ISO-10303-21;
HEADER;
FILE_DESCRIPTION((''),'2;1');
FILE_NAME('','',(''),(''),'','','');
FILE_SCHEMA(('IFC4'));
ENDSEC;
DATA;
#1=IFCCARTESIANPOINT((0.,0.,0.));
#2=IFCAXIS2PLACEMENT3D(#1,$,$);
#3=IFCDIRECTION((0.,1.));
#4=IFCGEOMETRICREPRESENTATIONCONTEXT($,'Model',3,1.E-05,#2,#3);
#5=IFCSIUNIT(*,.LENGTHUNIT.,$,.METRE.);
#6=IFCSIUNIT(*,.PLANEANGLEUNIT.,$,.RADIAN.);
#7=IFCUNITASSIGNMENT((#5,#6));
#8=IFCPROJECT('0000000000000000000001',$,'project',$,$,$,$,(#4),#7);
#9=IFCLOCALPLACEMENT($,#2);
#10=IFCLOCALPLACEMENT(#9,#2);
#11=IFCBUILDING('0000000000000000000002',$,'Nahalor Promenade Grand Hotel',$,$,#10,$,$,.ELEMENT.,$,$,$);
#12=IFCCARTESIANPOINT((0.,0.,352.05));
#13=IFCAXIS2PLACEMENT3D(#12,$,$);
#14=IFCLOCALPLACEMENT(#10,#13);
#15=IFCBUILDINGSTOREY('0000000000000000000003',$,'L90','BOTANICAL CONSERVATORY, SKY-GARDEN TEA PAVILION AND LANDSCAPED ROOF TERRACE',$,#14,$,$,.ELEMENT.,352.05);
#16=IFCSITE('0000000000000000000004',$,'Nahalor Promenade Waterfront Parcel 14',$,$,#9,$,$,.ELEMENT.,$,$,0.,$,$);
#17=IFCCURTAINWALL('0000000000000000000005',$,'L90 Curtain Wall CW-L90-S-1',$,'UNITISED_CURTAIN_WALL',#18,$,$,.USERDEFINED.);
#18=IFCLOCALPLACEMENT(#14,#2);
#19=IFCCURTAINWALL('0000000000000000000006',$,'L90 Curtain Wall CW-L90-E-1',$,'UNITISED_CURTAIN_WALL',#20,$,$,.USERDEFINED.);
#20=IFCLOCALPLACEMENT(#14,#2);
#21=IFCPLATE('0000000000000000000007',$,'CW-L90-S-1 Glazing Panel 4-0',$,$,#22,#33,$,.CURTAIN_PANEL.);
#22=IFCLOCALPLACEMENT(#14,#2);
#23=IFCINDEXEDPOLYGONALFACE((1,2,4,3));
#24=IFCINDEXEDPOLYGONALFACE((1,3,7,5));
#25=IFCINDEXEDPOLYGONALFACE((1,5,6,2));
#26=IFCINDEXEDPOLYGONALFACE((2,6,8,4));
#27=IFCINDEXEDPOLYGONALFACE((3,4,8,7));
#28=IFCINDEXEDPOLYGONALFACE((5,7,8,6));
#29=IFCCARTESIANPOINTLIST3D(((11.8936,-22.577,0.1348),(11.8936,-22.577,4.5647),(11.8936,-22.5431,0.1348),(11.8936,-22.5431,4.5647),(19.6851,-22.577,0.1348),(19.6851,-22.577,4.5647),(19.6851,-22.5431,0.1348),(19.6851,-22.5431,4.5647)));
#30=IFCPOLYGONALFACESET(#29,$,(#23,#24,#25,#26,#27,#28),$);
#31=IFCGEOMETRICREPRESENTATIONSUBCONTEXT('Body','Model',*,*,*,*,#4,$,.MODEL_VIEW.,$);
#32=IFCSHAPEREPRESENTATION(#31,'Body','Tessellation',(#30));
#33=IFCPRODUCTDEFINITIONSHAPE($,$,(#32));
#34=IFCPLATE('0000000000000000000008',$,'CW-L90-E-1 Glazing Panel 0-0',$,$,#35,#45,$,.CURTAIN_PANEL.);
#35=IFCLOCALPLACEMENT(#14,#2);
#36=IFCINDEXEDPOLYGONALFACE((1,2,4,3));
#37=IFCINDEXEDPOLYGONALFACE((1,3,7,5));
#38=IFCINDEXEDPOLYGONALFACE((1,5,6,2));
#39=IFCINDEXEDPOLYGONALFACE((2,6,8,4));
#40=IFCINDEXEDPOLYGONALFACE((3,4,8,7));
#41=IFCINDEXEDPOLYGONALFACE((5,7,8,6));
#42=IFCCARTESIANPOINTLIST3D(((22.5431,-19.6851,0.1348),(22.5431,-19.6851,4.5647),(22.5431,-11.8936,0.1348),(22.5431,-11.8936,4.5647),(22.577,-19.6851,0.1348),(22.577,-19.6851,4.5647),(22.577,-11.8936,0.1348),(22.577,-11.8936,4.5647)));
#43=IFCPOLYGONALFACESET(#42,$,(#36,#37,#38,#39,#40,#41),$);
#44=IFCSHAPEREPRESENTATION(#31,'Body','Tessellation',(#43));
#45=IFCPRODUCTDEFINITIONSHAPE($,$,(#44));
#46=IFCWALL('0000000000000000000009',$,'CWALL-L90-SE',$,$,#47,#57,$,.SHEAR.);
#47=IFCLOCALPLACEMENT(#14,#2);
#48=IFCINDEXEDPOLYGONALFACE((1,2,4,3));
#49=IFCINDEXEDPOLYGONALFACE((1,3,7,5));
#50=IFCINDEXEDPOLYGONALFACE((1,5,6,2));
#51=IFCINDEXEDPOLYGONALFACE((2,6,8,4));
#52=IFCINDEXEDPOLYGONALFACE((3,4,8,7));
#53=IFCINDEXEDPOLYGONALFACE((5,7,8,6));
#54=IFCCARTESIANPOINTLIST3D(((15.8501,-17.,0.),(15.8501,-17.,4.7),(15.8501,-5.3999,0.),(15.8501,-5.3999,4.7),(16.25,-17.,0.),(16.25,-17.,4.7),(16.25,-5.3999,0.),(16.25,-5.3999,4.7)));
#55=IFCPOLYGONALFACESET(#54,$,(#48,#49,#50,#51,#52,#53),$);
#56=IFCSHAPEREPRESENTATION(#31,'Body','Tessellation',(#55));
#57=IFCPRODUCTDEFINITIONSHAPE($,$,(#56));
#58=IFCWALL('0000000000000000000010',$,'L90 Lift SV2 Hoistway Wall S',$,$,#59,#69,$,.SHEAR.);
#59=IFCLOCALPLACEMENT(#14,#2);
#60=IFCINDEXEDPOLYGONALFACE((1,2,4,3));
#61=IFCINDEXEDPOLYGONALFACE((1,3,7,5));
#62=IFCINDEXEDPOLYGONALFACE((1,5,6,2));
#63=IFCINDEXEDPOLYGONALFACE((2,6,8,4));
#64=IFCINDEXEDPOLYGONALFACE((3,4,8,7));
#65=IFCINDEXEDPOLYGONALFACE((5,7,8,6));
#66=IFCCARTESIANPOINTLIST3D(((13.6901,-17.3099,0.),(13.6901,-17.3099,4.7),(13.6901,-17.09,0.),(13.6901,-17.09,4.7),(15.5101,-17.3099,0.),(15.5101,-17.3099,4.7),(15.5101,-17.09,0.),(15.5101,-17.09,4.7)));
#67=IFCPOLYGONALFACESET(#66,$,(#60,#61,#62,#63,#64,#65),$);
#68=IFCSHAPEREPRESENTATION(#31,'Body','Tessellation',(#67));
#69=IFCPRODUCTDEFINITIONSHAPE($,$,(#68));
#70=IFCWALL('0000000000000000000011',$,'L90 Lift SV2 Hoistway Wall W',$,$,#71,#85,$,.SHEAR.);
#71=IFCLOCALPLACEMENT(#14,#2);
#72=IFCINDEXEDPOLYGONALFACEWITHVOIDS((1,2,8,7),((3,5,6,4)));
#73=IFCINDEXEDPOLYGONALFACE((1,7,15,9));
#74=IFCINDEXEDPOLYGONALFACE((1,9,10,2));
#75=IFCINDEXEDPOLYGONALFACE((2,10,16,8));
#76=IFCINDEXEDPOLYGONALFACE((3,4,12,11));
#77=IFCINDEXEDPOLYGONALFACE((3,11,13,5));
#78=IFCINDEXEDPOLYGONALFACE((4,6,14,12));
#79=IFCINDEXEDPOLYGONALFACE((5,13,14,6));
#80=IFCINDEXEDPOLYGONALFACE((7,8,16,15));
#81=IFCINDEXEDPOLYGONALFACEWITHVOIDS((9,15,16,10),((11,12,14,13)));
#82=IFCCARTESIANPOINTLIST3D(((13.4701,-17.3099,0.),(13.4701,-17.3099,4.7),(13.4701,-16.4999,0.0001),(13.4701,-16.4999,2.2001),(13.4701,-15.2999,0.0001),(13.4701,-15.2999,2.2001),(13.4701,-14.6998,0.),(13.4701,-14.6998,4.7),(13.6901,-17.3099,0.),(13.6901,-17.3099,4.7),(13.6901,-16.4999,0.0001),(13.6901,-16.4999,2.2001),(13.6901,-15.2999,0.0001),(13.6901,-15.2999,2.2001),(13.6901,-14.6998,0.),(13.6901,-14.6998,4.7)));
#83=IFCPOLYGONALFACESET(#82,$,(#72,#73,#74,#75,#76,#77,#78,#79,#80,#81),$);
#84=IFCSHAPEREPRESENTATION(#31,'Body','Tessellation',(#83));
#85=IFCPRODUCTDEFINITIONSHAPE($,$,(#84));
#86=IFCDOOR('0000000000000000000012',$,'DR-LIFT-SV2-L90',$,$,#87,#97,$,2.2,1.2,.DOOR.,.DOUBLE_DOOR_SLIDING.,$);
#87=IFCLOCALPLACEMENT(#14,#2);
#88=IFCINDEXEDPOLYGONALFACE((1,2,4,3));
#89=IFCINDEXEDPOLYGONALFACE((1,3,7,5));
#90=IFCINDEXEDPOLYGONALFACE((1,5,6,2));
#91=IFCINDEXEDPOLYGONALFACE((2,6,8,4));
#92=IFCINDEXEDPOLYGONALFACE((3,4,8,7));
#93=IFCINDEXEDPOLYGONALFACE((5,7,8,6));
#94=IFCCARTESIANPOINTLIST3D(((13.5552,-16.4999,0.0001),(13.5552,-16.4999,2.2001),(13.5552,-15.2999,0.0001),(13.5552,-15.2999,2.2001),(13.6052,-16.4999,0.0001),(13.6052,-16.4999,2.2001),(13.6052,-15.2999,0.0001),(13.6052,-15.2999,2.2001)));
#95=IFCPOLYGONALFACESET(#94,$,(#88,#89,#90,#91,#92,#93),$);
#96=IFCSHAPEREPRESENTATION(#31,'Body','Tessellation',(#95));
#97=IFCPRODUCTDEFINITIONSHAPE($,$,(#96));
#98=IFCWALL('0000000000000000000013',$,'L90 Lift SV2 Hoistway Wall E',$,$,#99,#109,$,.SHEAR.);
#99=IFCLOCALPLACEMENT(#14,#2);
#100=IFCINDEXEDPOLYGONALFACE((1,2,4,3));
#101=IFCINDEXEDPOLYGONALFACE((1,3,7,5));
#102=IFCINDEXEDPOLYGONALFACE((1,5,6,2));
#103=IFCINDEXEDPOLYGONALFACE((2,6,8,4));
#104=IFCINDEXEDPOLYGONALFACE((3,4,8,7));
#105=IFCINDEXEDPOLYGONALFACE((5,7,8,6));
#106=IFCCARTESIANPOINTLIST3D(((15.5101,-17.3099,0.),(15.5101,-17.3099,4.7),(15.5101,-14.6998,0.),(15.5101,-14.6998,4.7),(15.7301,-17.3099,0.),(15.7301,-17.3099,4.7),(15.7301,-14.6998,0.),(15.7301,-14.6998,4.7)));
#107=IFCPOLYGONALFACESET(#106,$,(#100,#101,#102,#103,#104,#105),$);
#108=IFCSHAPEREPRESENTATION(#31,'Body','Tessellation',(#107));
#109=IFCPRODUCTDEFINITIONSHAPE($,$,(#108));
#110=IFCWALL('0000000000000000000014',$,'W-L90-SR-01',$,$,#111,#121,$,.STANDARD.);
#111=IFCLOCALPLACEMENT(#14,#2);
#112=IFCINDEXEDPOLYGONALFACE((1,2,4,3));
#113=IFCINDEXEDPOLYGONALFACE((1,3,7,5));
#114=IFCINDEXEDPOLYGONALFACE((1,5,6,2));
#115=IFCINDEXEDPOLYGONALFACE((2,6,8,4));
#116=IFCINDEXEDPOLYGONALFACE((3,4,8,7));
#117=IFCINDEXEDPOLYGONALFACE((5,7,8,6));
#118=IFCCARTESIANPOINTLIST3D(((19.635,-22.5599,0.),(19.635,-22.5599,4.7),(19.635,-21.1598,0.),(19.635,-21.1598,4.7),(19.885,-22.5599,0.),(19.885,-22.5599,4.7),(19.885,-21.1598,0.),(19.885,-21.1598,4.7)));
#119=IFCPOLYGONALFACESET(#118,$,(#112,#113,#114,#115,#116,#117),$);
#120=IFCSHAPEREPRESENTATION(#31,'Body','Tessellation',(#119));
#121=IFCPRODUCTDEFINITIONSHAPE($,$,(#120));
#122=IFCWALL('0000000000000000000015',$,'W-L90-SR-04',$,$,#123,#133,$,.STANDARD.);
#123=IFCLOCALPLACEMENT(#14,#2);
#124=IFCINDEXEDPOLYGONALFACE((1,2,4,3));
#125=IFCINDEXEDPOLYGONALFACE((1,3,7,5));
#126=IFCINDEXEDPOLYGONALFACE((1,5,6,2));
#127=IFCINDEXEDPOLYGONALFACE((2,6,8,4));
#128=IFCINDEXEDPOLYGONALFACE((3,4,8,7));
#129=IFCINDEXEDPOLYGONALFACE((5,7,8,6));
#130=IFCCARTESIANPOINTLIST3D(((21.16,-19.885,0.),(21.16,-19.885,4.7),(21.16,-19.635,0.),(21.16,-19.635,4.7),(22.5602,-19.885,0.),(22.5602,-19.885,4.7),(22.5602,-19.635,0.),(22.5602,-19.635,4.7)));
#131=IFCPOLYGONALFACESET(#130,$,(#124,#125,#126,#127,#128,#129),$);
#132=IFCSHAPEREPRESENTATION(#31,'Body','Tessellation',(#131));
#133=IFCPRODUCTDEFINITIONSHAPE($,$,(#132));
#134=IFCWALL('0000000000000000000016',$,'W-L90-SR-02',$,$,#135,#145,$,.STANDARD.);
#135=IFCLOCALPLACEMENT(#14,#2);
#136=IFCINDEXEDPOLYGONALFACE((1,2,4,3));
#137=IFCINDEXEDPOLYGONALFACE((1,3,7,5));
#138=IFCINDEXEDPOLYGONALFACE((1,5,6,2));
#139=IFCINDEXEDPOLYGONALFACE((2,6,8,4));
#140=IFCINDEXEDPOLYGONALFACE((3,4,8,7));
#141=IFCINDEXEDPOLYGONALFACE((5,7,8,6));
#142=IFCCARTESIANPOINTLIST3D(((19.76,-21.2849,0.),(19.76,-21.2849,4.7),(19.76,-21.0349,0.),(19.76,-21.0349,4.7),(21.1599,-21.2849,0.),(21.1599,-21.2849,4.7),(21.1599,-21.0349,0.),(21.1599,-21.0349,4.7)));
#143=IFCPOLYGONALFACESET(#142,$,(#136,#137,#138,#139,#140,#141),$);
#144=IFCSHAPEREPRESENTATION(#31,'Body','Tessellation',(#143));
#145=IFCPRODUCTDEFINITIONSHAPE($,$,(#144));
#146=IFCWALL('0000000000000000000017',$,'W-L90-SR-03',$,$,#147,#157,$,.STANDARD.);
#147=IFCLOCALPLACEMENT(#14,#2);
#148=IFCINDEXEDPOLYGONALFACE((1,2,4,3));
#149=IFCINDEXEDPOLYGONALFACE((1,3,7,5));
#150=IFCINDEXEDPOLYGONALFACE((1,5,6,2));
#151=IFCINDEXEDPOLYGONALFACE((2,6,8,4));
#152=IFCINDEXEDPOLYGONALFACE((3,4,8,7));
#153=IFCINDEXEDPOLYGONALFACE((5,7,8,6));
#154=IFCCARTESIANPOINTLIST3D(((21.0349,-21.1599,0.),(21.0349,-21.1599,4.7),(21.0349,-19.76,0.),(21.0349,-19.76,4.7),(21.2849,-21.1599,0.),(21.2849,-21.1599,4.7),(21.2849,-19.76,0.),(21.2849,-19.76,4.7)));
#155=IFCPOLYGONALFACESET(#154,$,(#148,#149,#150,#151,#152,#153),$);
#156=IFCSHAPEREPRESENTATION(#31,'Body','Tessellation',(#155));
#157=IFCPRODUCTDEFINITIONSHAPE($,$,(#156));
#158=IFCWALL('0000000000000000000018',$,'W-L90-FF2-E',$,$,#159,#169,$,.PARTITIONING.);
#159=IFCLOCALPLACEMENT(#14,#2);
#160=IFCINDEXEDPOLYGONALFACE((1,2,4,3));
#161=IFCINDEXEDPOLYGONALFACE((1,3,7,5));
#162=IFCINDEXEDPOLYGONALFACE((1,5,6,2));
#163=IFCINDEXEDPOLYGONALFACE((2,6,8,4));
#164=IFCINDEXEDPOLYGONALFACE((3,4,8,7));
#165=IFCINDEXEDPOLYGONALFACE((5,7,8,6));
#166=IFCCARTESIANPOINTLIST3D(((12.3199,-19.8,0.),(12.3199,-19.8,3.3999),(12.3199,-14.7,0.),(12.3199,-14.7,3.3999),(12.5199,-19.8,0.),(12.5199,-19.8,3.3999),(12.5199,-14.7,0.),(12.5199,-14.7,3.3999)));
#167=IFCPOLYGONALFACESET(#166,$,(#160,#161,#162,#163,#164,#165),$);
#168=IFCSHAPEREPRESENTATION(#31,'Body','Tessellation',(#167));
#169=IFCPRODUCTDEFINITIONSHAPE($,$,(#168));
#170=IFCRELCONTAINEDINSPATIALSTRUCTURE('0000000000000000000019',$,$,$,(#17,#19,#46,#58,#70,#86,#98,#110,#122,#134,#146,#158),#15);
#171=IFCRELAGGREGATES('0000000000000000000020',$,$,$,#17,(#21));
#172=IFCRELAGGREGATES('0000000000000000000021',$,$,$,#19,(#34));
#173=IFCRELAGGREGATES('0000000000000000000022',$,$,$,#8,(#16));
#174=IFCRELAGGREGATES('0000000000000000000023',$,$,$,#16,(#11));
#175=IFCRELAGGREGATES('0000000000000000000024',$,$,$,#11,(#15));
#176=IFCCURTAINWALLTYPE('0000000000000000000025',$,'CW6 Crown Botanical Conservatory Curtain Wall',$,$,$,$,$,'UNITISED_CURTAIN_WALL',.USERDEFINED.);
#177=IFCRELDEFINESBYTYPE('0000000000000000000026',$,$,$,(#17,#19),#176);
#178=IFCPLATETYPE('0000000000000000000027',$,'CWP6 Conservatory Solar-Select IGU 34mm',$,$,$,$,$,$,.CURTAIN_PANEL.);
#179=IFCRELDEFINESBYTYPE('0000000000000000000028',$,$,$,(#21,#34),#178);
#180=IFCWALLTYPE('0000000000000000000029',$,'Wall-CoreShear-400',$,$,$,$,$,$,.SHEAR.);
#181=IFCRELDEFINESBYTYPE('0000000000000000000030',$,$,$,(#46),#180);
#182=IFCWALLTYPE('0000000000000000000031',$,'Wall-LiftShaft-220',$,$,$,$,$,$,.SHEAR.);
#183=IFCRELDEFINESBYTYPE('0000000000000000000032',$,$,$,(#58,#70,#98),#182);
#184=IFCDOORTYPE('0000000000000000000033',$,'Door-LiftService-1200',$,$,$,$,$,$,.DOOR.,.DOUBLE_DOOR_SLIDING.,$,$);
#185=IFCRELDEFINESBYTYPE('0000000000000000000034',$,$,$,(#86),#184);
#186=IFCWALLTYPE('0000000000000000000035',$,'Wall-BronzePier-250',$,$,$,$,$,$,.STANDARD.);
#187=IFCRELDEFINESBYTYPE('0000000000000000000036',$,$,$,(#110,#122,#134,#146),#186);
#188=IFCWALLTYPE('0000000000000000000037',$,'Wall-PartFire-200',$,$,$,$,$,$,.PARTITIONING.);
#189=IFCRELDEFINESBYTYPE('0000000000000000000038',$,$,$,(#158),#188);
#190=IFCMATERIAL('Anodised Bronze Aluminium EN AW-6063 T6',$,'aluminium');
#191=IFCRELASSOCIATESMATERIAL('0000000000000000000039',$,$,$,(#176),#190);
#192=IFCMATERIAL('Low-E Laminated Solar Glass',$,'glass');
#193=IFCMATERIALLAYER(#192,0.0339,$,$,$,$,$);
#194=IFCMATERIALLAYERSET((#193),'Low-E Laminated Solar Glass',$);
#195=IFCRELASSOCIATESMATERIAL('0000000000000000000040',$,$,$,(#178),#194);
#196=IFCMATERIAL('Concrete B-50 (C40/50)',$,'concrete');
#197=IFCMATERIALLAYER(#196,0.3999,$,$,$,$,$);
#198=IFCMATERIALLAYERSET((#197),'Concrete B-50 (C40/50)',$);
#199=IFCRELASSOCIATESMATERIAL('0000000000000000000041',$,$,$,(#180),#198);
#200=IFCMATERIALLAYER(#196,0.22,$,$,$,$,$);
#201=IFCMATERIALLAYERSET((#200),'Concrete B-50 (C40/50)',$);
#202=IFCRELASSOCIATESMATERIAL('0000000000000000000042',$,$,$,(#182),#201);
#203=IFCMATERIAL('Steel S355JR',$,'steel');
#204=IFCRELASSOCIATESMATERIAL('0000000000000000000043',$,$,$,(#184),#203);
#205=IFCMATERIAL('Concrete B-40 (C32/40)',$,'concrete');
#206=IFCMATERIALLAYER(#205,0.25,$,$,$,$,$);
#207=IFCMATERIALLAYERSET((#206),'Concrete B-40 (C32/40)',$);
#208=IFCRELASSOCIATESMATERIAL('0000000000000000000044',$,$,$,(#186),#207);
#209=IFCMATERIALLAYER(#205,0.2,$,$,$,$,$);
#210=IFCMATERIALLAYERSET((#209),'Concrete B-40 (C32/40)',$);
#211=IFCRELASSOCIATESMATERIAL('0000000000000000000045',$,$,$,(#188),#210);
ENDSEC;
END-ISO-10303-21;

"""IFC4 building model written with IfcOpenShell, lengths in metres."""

from ifc_helpers import new_model, si_unit, direction, frame, frame_2d, origin, origin_2d, place, context, subcontext, project, spatial, rectangle, extrude, source, transform, mapped, material, layer, layer_set, type_object, element, fill, aggregate, save


model = new_model("IFC4")

# Units and contexts
model_context = context("Model", 3, precision=1e-05, world=origin(), true_north=direction((0.0, 1.0)))
body_context = subcontext(model_context, "Body", "Model", "MODEL_VIEW")
ifc_project = project(units=[si_unit("LENGTHUNIT", "METRE"), si_unit("PLANEANGLEUNIT", "RADIAN")], contexts=[model_context])

# Site, building, storey
site_placement = place(None, origin())
site = spatial("IfcSite", under=ifc_project, at=site_placement, Name="Nahalor Promenade Waterfront Parcel 14", CompositionType="ELEMENT", RefElevation=0.0)
building_placement = place(site_placement, origin())
building = spatial("IfcBuilding", under=site, at=building_placement, Name="Nahalor Promenade Grand Hotel", CompositionType="ELEMENT")
storey_placement = place(building_placement, frame((0.0, 0.0, 352.05)))
storey = spatial("IfcBuildingStorey", under=building, at=storey_placement, Name="L90", Description="BOTANICAL CONSERVATORY, SKY-GARDEN TEA PAVILION AND LANDSCAPED ROOF TERRACE", CompositionType="ELEMENT", Elevation=352.05)

# Shared definitions
ifc_material_1 = material(Name="Concrete B-50 (C40/50)", Category="concrete")
ifc_material_2 = material(Name="Steel S355JR", Category="steel")

# Curtain wall
ifc_material_3 = material(Name="Anodised Bronze Aluminium EN AW-6063 T6", Category="aluminium")
curtain_wall_type = type_object("IfcCurtainWallType", Name="CW6 Crown Botanical Conservatory Curtain Wall", ElementType="UNITISED_CURTAIN_WALL", PredefinedType="USERDEFINED", material=ifc_material_3)
curtain_wall_1_placement = place(storey_placement, origin())
curtain_wall_1 = element("IfcCurtainWall", 1, at=curtain_wall_1_placement, inside=storey, type_object=curtain_wall_type, Name="L90 Curtain Wall CW-L90-S-1", ObjectType="UNITISED_CURTAIN_WALL", PredefinedType="USERDEFINED")

# Curtain wall
curtain_wall_2_placement = place(storey_placement, origin())
curtain_wall_2 = element("IfcCurtainWall", 2, at=curtain_wall_2_placement, inside=storey, type_object=curtain_wall_type, Name="L90 Curtain Wall CW-L90-E-1", ObjectType="UNITISED_CURTAIN_WALL", PredefinedType="USERDEFINED")

# Plates
ifc_material_4 = material(Name="Low-E Laminated Solar Glass", Category="glass")
ifc_layer_1 = layer(ifc_material_4, 0.0339)
ifc_layer_set_1 = layer_set([ifc_layer_1], Name="Low-E Laminated Solar Glass")
plate_type = type_object("IfcPlateType", Name="CWP6 Conservatory Solar-Select IGU 34mm", PredefinedType="CURTAIN_PANEL", material=ifc_layer_set_1)
shared_shape_1 = source(origin(), body_context, "Body", "SweptSolid", [
    extrude(rectangle(XDim=7.7915, YDim=0.0339, at=origin_2d()), origin(), (0.0, 0.0, 1.0), 4.4299),
])
plate_1_placement = place(storey_placement, frame((15.7893, -22.5601, 0.1348), z_axis=(0.0, 0.0, 1.0), x_axis=(1.0, 0.0, 0.0)))
plate_1 = element("IfcPlate", 3, at=plate_1_placement, type_object=plate_type, Name="CW-L90-S-1 Glazing Panel 4-0", PredefinedType="CURTAIN_PANEL", context=body_context, shape_type="MappedRepresentation", body=[
    mapped(shared_shape_1, transform((0.0, 0.0, 0.0), scale=1.0)),
])
aggregate(curtain_wall_1, [plate_1])
plate_2_placement = place(storey_placement, frame((22.5601, -15.7893, 0.1348), z_axis=(0.0, 0.0, 1.0), x_axis=(0.0, 1.0, 0.0)))
plate_2 = element("IfcPlate", 4, at=plate_2_placement, type_object=plate_type, Name="CW-L90-E-1 Glazing Panel 0-0", PredefinedType="CURTAIN_PANEL", context=body_context, shape_type="MappedRepresentation", body=[
    mapped(shared_shape_1, transform((0.0, 0.0, 0.0), scale=1.0)),
])
aggregate(curtain_wall_2, [plate_2])

# Walls
ifc_layer_2 = layer(ifc_material_1, 0.3999)
ifc_layer_set_2 = layer_set([ifc_layer_2], Name="Concrete B-50 (C40/50)")
wall_type_1 = type_object("IfcWallType", Name="Wall-CoreShear-400", PredefinedType="SHEAR", material=ifc_layer_set_2)
shared_shape_2 = source(origin(), body_context, "Body", "SweptSolid", [
    extrude(rectangle(XDim=11.6001, YDim=0.3999, at=frame_2d((5.8, 0.0))), origin(), (0.0, 0.0, 1.0), 4.7),
])
wall_1_placement = place(storey_placement, frame((16.05, -17.0, 0.0), z_axis=(0.0, 0.0, 1.0), x_axis=(0.0, 1.0, 0.0)))
element("IfcWall", 5, at=wall_1_placement, inside=storey, type_object=wall_type_1, Name="CWALL-L90-SE", PredefinedType="SHEAR", context=body_context, shape_type="MappedRepresentation", body=[
    mapped(shared_shape_2, transform((0.0, 0.0, 0.0), scale=1.0)),
])
ifc_layer_3 = layer(ifc_material_1, 0.22)
ifc_layer_set_3 = layer_set([ifc_layer_3], Name="Concrete B-50 (C40/50)")
wall_type_2 = type_object("IfcWallType", Name="Wall-LiftShaft-220", PredefinedType="SHEAR", material=ifc_layer_set_3)
shared_shape_3 = source(origin(), body_context, "Body", "SweptSolid", [
    extrude(rectangle(XDim=1.8201, YDim=0.22, at=frame_2d((0.9102, 0.0))), origin(), (0.0, 0.0, 1.0), 4.7),
])
wall_2_placement = place(storey_placement, frame((13.6899, -17.2, 0.0), z_axis=(0.0, 0.0, 1.0), x_axis=(1.0, 0.0, 0.0)))
element("IfcWall", 6, at=wall_2_placement, inside=storey, type_object=wall_type_2, Name="L90 Lift SV2 Hoistway Wall S", PredefinedType="SHEAR", context=body_context, shape_type="MappedRepresentation", body=[
    mapped(shared_shape_3, transform((0.0, 0.0, 0.0), scale=1.0)),
])

# Wall, opening, door
shared_shape_4 = source(origin(), body_context, "Body", "SweptSolid", [
    extrude(rectangle(XDim=2.6101, YDim=0.22, at=frame_2d((1.3052, 0.0))), origin(), (0.0, 0.0, 1.0), 4.7),
])
wall_3_placement = place(storey_placement, frame((13.5801, -17.3101, 0.0), z_axis=(0.0, 0.0, 1.0), x_axis=(0.0, 1.0, 0.0)))
wall_3 = element("IfcWall", 7, at=wall_3_placement, inside=storey, type_object=wall_type_2, Name="L90 Lift SV2 Hoistway Wall W", PredefinedType="SHEAR", context=body_context, shape_type="MappedRepresentation", body=[
    mapped(shared_shape_4, transform((0.0, 0.0, 0.0), scale=1.0)),
])
opening_placement = place(wall_3_placement, frame((0.8101, 0.0, 0.0)))
opening = element("IfcOpeningElement", 8, at=opening_placement, cuts=wall_3, PredefinedType="OPENING", context=body_context, shape_type="SweptSolid", body=[
    extrude(rectangle(XDim=1.2, YDim=2.2, at=frame_2d((0.6001, 1.1001))), frame((0.0, 0.1199, 0.0), z_axis=(0.0, -1.0, 0.0), x_axis=(1.0, 0.0, 0.0)), (0.0, 0.0, 1.0), 0.24),
])
door_type = type_object("IfcDoorType", Name="Door-LiftService-1200", OperationType="DOUBLE_DOOR_SLIDING", PredefinedType="DOOR", material=ifc_material_2)
shared_shape_5 = source(origin(), body_context, "Body", "SweptSolid", [
    extrude(rectangle(XDim=1.2, YDim=2.2, at=frame_2d((0.6001, 1.1001))), frame((0.0, 0.0249, 0.0), z_axis=(0.0, -1.0, 0.0), x_axis=(1.0, 0.0, 0.0)), (0.0, 0.0, 1.0), 0.05),
])
door_placement = place(opening_placement, origin())
door = element("IfcDoor", 9, at=door_placement, inside=storey, type_object=door_type, Name="DR-LIFT-SV2-L90", OperationType="DOUBLE_DOOR_SLIDING", OverallHeight=2.2, OverallWidth=1.2, PredefinedType="DOOR", context=body_context, shape_type="MappedRepresentation", body=[
    mapped(shared_shape_5, transform((0.0, 0.0, 0.0), scale=1.0)),
])
fill(opening, door)

# Walls
wall_4_placement = place(storey_placement, frame((15.6201, -17.3101, 0.0), z_axis=(0.0, 0.0, 1.0), x_axis=(0.0, 1.0, 0.0)))
element("IfcWall", 10, at=wall_4_placement, inside=storey, type_object=wall_type_2, Name="L90 Lift SV2 Hoistway Wall E", PredefinedType="SHEAR", context=body_context, shape_type="MappedRepresentation", body=[
    mapped(shared_shape_4, transform((0.0, 0.0, 0.0), scale=1.0)),
])
ifc_material_5 = material(Name="Concrete B-40 (C32/40)", Category="concrete")
ifc_layer_4 = layer(ifc_material_5, 0.25)
ifc_layer_set_4 = layer_set([ifc_layer_4], Name="Concrete B-40 (C32/40)")
wall_type_3 = type_object("IfcWallType", Name="Wall-BronzePier-250", PredefinedType="STANDARD", material=ifc_layer_set_4)
shared_shape_6 = source(origin(), body_context, "Body", "SweptSolid", [
    extrude(rectangle(XDim=1.4001, YDim=0.25, at=frame_2d((0.7002, 0.0))), origin(), (0.0, 0.0, 1.0), 4.7),
])
for number, where, z_axis, x_axis, name in (
    (11, (19.76, -22.5601, 0.0), (0.0, 0.0, 1.0), (0.0, 1.0, 0.0), "W-L90-SR-01"),
    (12, (21.1599, -19.76, 0.0), (0.0, 0.0, 1.0), (1.0, 0.0, 0.0), "W-L90-SR-04"),
):
    element("IfcWall", number, at=place(storey_placement, frame(where, z_axis=z_axis, x_axis=x_axis)), inside=storey, type_object=wall_type_3, Name=name, PredefinedType="STANDARD", context=body_context, shape_type="MappedRepresentation", body=[
        mapped(shared_shape_6, transform((0.0, 0.0, 0.0), scale=1.0)),
    ])
shared_shape_7 = source(origin(), body_context, "Body", "SweptSolid", [
    extrude(rectangle(XDim=1.3999, YDim=0.25, at=frame_2d((0.7, 0.0))), origin(), (0.0, 0.0, 1.0), 4.7),
])
for number, where, z_axis, x_axis, name in (
    (13, (19.76, -21.1599, 0.0), (0.0, 0.0, 1.0), (1.0, 0.0, 0.0), "W-L90-SR-02"),
    (14, (21.1599, -21.1599, 0.0), (0.0, 0.0, 1.0), (0.0, 1.0, 0.0), "W-L90-SR-03"),
):
    element("IfcWall", number, at=place(storey_placement, frame(where, z_axis=z_axis, x_axis=x_axis)), inside=storey, type_object=wall_type_3, Name=name, PredefinedType="STANDARD", context=body_context, shape_type="MappedRepresentation", body=[
        mapped(shared_shape_7, transform((0.0, 0.0, 0.0), scale=1.0)),
    ])
ifc_layer_5 = layer(ifc_material_5, 0.2)
ifc_layer_set_5 = layer_set([ifc_layer_5], Name="Concrete B-40 (C32/40)")
wall_type_4 = type_object("IfcWallType", Name="Wall-PartFire-200", PredefinedType="PARTITIONING", material=ifc_layer_set_5)
shared_shape_8 = source(origin(), body_context, "Body", "SweptSolid", [
    extrude(rectangle(XDim=5.1001, YDim=0.2, at=frame_2d((2.55, 0.0))), origin(), (0.0, 0.0, 1.0), 3.3999),
])
wall_5_placement = place(storey_placement, frame((12.4199, -19.8, 0.0), z_axis=(0.0, 0.0, 1.0), x_axis=(0.0, 1.0, 0.0)))
element("IfcWall", 15, at=wall_5_placement, inside=storey, type_object=wall_type_4, Name="W-L90-FF2-E", PredefinedType="PARTITIONING", context=body_context, shape_type="MappedRepresentation", body=[
    mapped(shared_shape_8, transform((0.0, 0.0, 0.0), scale=1.0)),
])

save(model, "model.ifc")
